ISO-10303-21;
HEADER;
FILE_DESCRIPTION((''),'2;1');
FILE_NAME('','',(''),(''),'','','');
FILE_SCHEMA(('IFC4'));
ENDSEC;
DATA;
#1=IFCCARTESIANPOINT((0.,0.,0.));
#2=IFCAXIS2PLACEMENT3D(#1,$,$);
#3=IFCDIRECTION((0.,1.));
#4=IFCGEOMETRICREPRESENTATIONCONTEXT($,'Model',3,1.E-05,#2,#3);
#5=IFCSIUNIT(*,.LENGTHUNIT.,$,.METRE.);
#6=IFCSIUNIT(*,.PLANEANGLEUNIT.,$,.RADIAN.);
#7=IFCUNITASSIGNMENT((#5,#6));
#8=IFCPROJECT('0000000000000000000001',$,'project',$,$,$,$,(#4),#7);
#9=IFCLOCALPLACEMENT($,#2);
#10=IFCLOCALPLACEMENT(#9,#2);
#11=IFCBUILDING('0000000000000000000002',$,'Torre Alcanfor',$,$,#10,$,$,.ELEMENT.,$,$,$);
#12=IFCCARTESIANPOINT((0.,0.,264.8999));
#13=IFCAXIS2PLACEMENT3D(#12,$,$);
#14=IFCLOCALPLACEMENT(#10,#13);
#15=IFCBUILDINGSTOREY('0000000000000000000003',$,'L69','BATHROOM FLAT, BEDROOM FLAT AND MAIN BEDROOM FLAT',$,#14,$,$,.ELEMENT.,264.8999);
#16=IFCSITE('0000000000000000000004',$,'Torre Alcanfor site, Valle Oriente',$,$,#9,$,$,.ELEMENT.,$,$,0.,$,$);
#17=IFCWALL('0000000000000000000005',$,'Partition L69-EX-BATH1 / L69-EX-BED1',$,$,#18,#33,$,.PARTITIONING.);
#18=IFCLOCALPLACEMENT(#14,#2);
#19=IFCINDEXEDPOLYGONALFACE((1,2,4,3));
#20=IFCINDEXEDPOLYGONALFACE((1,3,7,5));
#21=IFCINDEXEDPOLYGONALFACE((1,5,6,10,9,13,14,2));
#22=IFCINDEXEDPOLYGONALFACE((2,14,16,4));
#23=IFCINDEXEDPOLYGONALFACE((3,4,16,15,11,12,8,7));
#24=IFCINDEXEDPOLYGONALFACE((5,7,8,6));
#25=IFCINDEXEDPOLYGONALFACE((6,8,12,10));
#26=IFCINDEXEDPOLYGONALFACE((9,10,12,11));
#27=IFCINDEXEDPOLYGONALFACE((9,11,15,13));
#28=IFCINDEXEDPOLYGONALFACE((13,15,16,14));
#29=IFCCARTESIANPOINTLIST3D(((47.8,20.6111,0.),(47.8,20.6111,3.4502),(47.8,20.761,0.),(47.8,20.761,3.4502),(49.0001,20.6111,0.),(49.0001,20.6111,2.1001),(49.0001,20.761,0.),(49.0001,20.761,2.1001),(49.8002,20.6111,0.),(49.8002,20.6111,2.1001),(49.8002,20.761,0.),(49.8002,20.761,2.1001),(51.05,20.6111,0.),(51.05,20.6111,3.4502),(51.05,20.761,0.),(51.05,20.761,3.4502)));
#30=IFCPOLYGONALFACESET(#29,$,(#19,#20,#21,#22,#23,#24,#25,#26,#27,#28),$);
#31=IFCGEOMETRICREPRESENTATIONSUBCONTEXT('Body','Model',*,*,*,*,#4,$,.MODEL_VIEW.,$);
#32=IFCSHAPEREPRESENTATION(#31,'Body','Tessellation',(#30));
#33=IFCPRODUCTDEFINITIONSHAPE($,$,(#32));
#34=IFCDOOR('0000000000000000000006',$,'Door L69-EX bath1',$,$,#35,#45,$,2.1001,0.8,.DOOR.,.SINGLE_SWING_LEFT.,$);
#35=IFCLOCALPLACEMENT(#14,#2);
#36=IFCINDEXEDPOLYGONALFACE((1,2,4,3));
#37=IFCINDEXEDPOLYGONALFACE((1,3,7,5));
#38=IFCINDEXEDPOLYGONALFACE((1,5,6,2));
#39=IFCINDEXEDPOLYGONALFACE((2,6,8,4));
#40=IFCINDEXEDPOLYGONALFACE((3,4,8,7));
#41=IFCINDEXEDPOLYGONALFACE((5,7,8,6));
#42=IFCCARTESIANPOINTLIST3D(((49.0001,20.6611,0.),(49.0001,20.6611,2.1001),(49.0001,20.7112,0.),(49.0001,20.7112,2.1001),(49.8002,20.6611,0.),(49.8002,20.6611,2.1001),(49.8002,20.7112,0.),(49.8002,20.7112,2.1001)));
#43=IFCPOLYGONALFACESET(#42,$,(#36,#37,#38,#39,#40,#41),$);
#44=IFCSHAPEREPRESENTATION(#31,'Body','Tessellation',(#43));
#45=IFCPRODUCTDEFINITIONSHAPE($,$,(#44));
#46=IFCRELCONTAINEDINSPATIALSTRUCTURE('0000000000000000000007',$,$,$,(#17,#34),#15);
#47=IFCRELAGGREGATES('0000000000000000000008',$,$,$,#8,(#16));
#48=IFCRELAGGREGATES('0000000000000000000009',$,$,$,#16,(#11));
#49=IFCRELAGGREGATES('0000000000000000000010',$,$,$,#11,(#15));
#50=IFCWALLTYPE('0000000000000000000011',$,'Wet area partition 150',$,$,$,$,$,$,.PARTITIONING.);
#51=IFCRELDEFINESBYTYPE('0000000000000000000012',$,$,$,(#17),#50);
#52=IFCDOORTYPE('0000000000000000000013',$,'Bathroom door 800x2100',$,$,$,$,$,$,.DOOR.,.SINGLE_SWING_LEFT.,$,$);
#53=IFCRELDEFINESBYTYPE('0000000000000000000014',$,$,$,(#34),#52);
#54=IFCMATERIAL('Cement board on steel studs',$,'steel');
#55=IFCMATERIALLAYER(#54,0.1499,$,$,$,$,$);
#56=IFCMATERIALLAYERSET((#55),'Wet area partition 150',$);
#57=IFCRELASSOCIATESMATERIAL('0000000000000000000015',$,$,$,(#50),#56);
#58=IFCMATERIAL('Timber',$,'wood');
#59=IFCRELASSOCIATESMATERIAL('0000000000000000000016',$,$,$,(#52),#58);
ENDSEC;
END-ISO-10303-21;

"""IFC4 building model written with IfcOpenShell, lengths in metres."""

from ifc_helpers import new_model, si_unit, direction, frame, frame_2d, origin, place, context, subcontext, project, spatial, rectangle, extrude, material, layer, layer_set, type_object, element, fill, save


model = new_model("IFC4")

# Units and contexts
model_context = context("Model", 3, precision=1e-05, world=origin(), true_north=direction((0.0, 1.0)))
body_context = subcontext(model_context, "Body", "Model", "MODEL_VIEW")
ifc_project = project(units=[si_unit("LENGTHUNIT", "METRE"), si_unit("PLANEANGLEUNIT", "RADIAN")], contexts=[model_context])

# Site, building, storey
site_placement = place(None, origin())
site = spatial("IfcSite", under=ifc_project, at=site_placement, Name="Torre Alcanfor site, Valle Oriente", CompositionType="ELEMENT", RefElevation=0.0)
building_placement = place(site_placement, origin())
building = spatial("IfcBuilding", under=site, at=building_placement, Name="Torre Alcanfor", CompositionType="ELEMENT")
storey_placement = place(building_placement, frame((0.0, 0.0, 264.8999)))
storey = spatial("IfcBuildingStorey", under=building, at=storey_placement, Name="L69", Description="BATHROOM FLAT, BEDROOM FLAT AND MAIN BEDROOM FLAT", CompositionType="ELEMENT", Elevation=264.8999)

# Wall, opening, door
ifc_material_1 = material(Name="Cement board on steel studs", Category="steel")
ifc_layer_1 = layer(ifc_material_1, 0.1499)
ifc_layer_set_1 = layer_set([ifc_layer_1], Name="Wet area partition 150")
wall_type_1 = type_object("IfcWallType", Name="Wet area partition 150", PredefinedType="PARTITIONING", material=ifc_layer_set_1)
wall_1_placement = place(storey_placement, frame((51.05, 20.686, 0.0), z_axis=(0.0, 0.0, 1.0), x_axis=(-1.0, 0.0, 0.0)))
wall_1 = element("IfcWall", 1, at=wall_1_placement, inside=storey, type_object=wall_type_1, Name="Partition L69-EX-BATH1 / L69-EX-BED1", PredefinedType="PARTITIONING", context=body_context, shape_type="SweptSolid", body=[
    extrude(rectangle(XDim=3.25, YDim=0.1499, at=frame_2d((1.625, 0.0))), origin(), (0.0, 0.0, 1.0), 3.4502),
])
opening_1_placement = place(wall_1_placement, frame((1.25, 0.0, 0.0)))
opening_1 = element("IfcOpeningElement", 2, at=opening_1_placement, cuts=wall_1, PredefinedType="OPENING", context=body_context, shape_type="SweptSolid", body=[
    extrude(rectangle(XDim=0.8, YDim=2.1001, at=frame_2d((0.3999, 1.05))), frame((0.0, 0.085, 0.0), z_axis=(0.0, -1.0, 0.0), x_axis=(1.0, 0.0, 0.0)), (0.0, 0.0, 1.0), 0.1699),
])
ifc_material_2 = material(Name="Timber", Category="wood")
door_type_1 = type_object("IfcDoorType", Name="Bathroom door 800x2100", OperationType="SINGLE_SWING_LEFT", PredefinedType="DOOR", material=ifc_material_2)
door_1_placement = place(opening_1_placement, frame((0.8, 0.0, 0.0), z_axis=(0.0, 0.0, 1.0), x_axis=(-1.0, 0.0, 0.0)))
door_1 = element("IfcDoor", 3, at=door_1_placement, inside=storey, type_object=door_type_1, Name="Door L69-EX bath1", OperationType="SINGLE_SWING_LEFT", OverallHeight=2.1001, OverallWidth=0.8, PredefinedType="DOOR", context=body_context, shape_type="SweptSolid", body=[
    extrude(rectangle(XDim=0.8, YDim=2.1001, at=frame_2d((0.4001, 1.05))), frame((0.0, 0.0251, 0.0), z_axis=(0.0, -1.0, 0.0), x_axis=(1.0, 0.0, 0.0)), (0.0, 0.0, 1.0), 0.05),
])
fill(opening_1, door_1)

save(model, "model.ifc")
